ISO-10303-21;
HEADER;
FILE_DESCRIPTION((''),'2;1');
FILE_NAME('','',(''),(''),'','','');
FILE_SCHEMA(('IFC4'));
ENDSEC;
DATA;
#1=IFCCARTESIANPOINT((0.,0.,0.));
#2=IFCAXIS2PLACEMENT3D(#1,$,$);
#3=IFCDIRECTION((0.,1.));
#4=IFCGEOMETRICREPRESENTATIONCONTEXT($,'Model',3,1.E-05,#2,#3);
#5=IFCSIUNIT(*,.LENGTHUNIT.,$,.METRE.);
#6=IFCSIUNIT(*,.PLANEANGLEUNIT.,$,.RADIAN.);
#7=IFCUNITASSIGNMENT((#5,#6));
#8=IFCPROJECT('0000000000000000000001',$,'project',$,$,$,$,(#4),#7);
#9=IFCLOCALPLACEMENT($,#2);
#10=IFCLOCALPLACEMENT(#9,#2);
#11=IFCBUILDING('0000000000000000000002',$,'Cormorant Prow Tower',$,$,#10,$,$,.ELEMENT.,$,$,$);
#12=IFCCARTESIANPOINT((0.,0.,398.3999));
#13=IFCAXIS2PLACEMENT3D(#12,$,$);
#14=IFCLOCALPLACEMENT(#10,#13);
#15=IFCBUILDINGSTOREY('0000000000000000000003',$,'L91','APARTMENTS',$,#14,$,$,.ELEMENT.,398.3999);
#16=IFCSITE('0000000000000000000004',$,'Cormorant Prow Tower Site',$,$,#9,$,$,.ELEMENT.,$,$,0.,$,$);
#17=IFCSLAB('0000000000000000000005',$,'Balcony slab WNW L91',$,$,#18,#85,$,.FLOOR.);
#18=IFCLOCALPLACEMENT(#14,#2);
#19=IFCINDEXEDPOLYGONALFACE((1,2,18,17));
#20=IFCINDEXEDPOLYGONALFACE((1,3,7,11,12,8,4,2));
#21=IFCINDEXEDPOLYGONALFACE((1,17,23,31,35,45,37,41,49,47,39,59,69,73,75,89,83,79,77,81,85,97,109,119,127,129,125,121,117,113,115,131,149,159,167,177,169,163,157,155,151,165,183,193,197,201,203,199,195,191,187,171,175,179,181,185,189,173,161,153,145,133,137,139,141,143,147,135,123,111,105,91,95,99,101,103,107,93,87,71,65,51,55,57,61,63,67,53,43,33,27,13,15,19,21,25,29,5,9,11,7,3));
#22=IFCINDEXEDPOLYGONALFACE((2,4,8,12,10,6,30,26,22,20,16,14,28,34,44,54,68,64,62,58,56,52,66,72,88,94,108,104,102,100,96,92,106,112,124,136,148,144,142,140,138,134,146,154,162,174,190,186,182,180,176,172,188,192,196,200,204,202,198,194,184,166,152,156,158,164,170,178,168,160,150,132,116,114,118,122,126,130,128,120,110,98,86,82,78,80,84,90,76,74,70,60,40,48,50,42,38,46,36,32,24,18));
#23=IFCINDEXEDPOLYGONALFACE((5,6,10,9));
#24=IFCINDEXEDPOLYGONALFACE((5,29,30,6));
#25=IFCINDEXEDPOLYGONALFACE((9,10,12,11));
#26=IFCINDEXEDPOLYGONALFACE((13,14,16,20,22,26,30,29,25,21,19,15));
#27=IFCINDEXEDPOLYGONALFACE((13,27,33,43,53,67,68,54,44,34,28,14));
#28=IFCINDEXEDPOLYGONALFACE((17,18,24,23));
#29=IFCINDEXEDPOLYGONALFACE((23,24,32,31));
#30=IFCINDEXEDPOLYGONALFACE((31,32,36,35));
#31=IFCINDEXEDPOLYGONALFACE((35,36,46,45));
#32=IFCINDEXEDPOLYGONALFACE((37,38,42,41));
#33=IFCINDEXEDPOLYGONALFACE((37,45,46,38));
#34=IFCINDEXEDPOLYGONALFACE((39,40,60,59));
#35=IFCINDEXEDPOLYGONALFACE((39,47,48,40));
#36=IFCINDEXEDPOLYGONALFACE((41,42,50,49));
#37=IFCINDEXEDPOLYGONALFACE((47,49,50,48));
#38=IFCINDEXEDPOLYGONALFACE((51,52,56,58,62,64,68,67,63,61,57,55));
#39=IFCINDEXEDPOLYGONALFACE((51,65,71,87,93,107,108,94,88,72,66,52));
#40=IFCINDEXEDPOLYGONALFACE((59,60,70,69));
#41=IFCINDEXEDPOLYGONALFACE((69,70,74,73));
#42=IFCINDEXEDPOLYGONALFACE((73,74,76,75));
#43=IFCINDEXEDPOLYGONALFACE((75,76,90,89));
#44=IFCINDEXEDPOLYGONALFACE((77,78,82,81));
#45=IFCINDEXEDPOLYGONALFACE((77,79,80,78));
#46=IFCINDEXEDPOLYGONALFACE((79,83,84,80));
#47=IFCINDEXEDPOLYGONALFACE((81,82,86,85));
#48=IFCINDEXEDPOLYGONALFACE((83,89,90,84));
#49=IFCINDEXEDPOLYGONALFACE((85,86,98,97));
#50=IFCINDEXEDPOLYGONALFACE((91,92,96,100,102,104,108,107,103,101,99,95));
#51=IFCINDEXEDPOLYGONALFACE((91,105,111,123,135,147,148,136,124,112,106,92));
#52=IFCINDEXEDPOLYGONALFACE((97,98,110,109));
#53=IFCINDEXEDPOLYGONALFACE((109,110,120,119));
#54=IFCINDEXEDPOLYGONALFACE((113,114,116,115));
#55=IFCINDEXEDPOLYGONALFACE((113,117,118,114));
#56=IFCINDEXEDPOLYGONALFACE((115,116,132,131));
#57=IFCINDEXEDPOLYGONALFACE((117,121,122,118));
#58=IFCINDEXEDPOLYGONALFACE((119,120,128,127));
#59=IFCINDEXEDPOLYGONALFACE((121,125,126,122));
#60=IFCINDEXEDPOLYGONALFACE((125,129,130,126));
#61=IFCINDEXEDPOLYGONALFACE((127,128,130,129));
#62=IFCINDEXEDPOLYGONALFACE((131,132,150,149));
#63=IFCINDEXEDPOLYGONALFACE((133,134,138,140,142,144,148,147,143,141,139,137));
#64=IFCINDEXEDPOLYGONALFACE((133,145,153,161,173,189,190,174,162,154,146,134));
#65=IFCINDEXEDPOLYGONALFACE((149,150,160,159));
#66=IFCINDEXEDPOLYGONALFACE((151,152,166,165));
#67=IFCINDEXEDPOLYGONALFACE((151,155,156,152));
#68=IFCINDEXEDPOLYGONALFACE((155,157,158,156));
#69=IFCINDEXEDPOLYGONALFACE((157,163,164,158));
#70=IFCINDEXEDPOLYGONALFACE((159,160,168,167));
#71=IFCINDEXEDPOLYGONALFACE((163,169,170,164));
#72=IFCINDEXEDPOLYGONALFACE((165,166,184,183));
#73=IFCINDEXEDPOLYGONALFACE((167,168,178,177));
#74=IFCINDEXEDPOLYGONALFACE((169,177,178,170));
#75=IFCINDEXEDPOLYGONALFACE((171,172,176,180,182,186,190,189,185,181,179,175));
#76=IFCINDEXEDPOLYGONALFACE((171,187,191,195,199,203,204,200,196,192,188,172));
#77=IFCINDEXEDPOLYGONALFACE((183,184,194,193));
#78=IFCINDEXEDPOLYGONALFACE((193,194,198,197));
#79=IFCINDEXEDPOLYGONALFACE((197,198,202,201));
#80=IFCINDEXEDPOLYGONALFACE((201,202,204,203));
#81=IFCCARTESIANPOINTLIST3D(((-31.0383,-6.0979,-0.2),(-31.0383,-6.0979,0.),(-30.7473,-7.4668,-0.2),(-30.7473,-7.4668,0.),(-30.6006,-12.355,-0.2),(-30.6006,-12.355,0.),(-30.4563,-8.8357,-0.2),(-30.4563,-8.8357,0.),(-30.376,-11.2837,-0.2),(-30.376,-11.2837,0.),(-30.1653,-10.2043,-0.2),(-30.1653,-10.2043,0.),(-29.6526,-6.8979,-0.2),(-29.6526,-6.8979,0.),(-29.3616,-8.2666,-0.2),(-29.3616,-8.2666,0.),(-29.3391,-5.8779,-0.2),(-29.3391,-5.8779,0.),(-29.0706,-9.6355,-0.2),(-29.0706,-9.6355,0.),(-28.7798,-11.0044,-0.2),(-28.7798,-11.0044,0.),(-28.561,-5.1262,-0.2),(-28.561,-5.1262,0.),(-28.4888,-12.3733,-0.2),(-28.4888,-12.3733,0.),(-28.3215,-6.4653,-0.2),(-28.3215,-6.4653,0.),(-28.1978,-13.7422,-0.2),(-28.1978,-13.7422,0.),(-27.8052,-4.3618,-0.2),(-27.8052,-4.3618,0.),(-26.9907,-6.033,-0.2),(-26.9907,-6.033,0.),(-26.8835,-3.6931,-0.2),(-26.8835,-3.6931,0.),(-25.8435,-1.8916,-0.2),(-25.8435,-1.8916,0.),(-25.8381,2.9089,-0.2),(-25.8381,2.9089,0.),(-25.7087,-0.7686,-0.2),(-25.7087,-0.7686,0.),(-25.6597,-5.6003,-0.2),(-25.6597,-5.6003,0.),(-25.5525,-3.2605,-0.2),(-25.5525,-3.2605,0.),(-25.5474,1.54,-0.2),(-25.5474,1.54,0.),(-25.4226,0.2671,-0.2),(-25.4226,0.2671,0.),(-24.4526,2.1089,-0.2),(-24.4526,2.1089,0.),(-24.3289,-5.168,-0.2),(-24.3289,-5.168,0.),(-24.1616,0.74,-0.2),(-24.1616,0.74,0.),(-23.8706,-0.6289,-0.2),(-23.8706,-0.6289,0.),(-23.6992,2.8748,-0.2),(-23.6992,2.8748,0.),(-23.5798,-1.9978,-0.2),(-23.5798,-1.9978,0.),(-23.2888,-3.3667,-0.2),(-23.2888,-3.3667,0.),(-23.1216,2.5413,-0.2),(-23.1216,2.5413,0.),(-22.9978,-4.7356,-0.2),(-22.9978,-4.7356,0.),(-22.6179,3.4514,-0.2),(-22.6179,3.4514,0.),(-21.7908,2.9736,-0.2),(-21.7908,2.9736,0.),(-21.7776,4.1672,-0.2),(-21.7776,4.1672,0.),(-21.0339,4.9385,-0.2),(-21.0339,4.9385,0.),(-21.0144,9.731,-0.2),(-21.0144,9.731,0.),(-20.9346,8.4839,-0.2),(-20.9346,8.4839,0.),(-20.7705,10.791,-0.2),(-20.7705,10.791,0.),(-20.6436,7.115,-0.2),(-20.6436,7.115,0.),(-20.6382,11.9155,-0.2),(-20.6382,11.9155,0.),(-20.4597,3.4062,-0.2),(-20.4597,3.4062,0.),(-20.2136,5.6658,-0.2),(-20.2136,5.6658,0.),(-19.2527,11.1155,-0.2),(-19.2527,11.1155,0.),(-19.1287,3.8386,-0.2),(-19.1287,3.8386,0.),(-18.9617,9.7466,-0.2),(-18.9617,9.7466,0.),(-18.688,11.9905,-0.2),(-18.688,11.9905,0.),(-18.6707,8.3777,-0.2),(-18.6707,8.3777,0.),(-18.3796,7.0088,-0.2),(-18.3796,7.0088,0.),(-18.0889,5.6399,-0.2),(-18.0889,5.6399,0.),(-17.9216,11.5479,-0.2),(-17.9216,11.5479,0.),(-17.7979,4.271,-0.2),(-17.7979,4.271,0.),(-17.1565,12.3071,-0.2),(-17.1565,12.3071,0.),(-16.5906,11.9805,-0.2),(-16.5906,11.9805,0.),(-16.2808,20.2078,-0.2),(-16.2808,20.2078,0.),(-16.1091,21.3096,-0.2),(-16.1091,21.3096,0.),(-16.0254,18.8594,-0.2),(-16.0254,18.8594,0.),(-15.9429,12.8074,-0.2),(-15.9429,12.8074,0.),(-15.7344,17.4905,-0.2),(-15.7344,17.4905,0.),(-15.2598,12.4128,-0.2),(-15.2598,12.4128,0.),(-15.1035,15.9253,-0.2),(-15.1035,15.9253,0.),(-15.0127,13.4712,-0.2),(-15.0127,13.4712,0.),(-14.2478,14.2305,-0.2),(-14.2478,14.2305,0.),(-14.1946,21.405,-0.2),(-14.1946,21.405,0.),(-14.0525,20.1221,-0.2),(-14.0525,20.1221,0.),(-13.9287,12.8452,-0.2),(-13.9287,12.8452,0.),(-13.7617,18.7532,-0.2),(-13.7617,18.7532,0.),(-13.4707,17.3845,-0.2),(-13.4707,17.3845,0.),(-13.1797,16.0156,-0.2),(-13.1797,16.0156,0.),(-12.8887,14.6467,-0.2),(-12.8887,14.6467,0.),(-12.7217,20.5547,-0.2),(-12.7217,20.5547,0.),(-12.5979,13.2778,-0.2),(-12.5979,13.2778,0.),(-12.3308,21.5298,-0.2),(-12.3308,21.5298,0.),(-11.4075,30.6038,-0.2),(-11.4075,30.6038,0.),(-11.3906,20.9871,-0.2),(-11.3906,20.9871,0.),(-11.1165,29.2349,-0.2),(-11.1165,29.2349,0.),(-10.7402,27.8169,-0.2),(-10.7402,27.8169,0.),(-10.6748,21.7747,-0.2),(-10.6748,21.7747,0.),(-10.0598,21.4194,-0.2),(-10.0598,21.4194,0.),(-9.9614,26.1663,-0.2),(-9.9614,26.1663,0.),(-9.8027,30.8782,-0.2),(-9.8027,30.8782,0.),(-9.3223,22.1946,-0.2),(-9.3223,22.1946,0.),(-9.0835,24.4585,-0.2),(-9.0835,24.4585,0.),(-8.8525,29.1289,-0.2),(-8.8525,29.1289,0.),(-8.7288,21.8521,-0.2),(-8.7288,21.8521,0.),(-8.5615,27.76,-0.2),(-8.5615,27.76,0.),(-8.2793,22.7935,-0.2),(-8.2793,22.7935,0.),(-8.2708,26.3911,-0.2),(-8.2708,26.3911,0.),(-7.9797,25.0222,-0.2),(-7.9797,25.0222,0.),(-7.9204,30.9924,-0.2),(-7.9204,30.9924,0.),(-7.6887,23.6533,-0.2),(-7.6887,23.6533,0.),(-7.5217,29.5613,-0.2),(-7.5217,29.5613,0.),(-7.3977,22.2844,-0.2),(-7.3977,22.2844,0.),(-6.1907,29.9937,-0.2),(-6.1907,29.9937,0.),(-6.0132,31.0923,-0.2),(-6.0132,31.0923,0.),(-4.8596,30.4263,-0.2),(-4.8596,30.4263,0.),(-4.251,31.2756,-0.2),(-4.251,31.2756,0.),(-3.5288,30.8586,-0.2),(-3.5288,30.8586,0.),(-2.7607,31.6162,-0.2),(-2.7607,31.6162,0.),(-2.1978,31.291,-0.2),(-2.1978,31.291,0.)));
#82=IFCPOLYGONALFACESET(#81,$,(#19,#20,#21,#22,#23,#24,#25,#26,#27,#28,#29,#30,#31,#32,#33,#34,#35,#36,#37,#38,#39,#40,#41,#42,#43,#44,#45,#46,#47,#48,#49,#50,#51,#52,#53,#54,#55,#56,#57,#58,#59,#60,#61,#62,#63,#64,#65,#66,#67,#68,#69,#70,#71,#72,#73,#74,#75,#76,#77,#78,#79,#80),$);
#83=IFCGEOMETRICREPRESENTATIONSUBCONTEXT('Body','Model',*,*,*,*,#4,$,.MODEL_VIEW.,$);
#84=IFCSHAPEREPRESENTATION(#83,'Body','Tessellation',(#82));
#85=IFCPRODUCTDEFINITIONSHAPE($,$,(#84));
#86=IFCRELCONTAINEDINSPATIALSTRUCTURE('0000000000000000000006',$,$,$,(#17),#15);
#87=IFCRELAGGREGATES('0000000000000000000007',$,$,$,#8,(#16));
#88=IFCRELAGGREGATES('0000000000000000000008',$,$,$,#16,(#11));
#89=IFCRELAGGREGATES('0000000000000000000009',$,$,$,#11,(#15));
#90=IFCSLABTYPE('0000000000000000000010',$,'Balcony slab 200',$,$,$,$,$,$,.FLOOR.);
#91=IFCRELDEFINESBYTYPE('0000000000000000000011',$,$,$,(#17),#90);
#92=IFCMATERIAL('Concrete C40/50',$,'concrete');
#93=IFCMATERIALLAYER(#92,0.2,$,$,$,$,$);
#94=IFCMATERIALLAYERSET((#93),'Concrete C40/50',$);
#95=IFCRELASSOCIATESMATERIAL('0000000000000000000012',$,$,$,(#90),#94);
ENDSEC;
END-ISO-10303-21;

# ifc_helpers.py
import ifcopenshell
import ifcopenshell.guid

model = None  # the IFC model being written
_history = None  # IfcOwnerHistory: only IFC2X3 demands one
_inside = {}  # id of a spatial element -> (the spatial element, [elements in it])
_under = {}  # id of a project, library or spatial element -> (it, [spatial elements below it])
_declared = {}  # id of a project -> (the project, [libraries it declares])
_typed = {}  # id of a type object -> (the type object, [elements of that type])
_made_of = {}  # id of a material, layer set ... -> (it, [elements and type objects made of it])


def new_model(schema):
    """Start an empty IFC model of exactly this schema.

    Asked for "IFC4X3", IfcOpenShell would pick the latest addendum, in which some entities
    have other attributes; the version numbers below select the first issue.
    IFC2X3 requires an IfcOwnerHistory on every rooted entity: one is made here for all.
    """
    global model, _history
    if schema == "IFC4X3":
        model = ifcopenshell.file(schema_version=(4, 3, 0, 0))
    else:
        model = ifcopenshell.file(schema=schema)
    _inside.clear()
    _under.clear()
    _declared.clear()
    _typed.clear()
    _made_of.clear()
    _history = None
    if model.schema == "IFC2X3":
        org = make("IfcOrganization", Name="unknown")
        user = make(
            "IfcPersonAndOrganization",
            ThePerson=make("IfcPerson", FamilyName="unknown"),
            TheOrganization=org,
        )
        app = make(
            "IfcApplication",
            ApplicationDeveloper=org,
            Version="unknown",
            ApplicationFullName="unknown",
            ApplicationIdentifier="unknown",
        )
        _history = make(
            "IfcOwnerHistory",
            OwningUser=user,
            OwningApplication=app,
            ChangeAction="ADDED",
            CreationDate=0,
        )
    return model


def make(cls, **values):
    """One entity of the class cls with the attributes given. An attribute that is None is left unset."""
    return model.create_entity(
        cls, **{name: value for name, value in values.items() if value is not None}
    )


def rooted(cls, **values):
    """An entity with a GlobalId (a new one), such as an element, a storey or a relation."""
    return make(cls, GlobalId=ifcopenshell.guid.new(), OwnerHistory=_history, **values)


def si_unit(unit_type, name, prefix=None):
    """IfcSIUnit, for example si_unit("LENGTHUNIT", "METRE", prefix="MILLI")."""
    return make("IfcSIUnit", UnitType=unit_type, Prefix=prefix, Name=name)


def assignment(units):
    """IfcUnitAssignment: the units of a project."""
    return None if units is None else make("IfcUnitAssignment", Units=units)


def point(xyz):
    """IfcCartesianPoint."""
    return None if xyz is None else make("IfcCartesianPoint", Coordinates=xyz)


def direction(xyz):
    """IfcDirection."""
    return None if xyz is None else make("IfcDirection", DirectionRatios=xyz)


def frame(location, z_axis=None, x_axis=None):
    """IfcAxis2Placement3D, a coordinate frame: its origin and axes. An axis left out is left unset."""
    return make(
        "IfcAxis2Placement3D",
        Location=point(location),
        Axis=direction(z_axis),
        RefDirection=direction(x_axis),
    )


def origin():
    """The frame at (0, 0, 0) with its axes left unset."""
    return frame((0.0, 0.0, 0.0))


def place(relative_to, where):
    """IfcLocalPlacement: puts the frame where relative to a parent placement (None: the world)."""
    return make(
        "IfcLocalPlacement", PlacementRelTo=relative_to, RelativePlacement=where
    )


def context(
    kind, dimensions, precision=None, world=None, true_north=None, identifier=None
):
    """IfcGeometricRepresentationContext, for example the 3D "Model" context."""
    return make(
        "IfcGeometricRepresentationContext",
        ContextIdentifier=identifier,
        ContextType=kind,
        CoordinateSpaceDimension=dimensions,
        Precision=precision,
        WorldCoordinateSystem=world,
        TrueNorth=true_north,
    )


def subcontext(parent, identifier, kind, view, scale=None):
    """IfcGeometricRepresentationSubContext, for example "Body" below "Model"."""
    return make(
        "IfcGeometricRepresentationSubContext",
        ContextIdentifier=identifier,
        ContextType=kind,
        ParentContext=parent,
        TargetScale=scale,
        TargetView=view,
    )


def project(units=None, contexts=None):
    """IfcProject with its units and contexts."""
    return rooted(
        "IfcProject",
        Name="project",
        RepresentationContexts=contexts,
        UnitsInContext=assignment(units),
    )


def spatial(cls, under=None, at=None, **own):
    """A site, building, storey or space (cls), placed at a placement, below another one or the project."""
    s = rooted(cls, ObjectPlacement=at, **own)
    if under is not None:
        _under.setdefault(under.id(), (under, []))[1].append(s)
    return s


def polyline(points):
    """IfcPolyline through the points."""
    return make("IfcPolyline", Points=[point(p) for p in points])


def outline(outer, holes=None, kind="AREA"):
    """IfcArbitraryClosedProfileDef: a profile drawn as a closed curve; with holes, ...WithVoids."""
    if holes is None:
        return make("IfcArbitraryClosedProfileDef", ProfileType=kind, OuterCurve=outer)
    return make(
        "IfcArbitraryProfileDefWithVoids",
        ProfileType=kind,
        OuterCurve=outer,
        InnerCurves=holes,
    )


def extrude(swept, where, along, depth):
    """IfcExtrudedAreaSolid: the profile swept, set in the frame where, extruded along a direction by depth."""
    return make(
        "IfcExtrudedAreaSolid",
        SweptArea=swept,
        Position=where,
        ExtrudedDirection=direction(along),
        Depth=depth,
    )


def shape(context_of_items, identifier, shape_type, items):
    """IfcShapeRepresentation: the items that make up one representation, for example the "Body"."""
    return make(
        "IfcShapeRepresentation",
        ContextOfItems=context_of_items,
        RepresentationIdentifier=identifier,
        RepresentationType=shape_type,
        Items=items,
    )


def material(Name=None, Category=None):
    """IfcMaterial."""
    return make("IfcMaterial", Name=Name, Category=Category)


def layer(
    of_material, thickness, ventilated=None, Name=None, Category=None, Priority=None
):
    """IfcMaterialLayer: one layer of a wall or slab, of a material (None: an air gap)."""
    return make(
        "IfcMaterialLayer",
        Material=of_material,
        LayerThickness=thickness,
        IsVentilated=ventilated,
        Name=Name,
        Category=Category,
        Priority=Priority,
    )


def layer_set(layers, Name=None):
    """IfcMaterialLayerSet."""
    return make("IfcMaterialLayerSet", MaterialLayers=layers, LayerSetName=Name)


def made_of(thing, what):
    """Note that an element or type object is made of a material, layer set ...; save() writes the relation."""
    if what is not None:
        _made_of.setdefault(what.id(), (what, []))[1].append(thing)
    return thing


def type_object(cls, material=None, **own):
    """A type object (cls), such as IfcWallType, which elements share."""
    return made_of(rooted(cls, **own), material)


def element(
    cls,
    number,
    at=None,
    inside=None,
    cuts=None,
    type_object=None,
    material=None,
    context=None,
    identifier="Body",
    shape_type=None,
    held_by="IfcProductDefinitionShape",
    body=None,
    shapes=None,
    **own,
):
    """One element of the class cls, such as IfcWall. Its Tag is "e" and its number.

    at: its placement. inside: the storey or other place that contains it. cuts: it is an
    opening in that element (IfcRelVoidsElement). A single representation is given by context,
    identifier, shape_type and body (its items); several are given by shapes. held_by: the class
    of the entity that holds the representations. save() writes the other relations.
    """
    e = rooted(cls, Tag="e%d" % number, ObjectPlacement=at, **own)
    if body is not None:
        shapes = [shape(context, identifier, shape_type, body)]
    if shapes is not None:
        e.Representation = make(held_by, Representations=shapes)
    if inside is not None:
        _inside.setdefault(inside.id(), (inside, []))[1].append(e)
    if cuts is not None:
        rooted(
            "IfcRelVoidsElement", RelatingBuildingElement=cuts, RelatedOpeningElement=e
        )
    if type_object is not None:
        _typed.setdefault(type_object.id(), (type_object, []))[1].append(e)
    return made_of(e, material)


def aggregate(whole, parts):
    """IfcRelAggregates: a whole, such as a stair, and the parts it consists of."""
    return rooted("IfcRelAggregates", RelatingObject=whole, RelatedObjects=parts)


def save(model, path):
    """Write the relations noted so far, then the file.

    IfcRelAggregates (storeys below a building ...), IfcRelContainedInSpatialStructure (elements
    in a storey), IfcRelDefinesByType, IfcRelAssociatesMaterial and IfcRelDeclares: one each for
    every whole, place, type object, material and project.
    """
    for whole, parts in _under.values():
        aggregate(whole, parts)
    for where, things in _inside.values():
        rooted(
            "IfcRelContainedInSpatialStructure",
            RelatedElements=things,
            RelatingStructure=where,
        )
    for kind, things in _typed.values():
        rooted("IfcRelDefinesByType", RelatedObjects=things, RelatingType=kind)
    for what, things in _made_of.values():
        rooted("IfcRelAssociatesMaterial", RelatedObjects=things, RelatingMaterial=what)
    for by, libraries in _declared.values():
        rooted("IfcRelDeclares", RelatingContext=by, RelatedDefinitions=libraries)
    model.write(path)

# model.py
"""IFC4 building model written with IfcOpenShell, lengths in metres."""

from ifc_helpers import new_model, si_unit, direction, frame, origin, place, context, subcontext, project, spatial, polyline, outline, extrude, material, layer, layer_set, type_object, element, save


model = new_model("IFC4")

# Units and contexts
model_context = context("Model", 3, precision=1e-05, world=origin(), true_north=direction((0.0, 1.0)))
body_context = subcontext(model_context, "Body", "Model", "MODEL_VIEW")
ifc_project = project(units=[si_unit("LENGTHUNIT", "METRE"), si_unit("PLANEANGLEUNIT", "RADIAN")], contexts=[model_context])

# Site, building, storey
site_placement = place(None, origin())
site = spatial("IfcSite", under=ifc_project, at=site_placement, Name="Cormorant Prow Tower Site", CompositionType="ELEMENT", RefElevation=0.0)
building_placement = place(site_placement, origin())
building = spatial("IfcBuilding", under=site, at=building_placement, Name="Cormorant Prow Tower", CompositionType="ELEMENT")
storey_placement = place(building_placement, frame((0.0, 0.0, 398.3999)))
storey = spatial("IfcBuildingStorey", under=building, at=storey_placement, Name="L91", Description="APARTMENTS", CompositionType="ELEMENT", Elevation=398.3999)

# Slab
ifc_material_1 = material(Name="Concrete C40/50", Category="concrete")
ifc_layer_1 = layer(ifc_material_1, 0.2)
ifc_layer_set_1 = layer_set([ifc_layer_1], Name="Concrete C40/50")
slab_type_1 = type_object("IfcSlabType", Name="Balcony slab 200", PredefinedType="FLOOR", material=ifc_layer_set_1)
slab_1_placement = place(storey_placement, frame((0.0, 0.0, -0.2)))
element("IfcSlab", 1, at=slab_1_placement, inside=storey, type_object=slab_type_1, Name="Balcony slab WNW L91", PredefinedType="FLOOR", context=body_context, shape_type="SweptSolid", body=[
    extrude(outline(polyline([(-2.1978, 31.291), (-2.7607, 31.6162), (-4.251, 31.2756), (-6.0132, 31.0923), (-7.9204, 30.9924), (-9.8027, 30.8782), (-11.4075, 30.6038), (-11.1165, 29.2349), (-10.7402, 27.8169), (-9.9614, 26.1663), (-9.0835, 24.4585), (-8.2793, 22.7935), (-9.3223, 22.1946), (-10.6748, 21.7747), (-12.3308, 21.5298), (-14.1946, 21.405), (-16.1091, 21.3096), (-16.2808, 20.2078), (-16.0254, 18.8594), (-15.7344, 17.4905), (-15.1035, 15.9253), (-14.2478, 14.2305), (-15.0127, 13.4712), (-15.9429, 12.8074), (-17.1565, 12.3071), (-18.688, 11.9905), (-20.6382, 11.9155), (-20.7705, 10.791), (-21.0144, 9.731), (-20.9346, 8.4839), (-20.6436, 7.115), (-20.2136, 5.6658), (-21.0339, 4.9385), (-21.7776, 4.1672), (-22.6179, 3.4514), (-23.6992, 2.8748), (-25.8381, 2.9089), (-25.5474, 1.54), (-25.4226, 0.2671), (-25.7087, -0.7686), (-25.8435, -1.8916), (-25.5525, -3.2605), (-26.8835, -3.6931), (-27.8052, -4.3618), (-28.561, -5.1262), (-29.3391, -5.8779), (-31.0383, -6.0979), (-30.7473, -7.4668), (-30.4563, -8.8357), (-30.1653, -10.2043), (-30.376, -11.2837), (-30.6006, -12.355), (-28.1978, -13.7422), (-28.4888, -12.3733), (-28.7798, -11.0044), (-29.0706, -9.6355), (-29.3616, -8.2666), (-29.6526, -6.8979), (-28.3215, -6.4653), (-26.9907, -6.033), (-25.6597, -5.6003), (-24.3289, -5.168), (-22.9978, -4.7356), (-23.2888, -3.3667), (-23.5798, -1.9978), (-23.8706, -0.6289), (-24.1616, 0.74), (-24.4526, 2.1089), (-23.1216, 2.5413), (-21.7908, 2.9736), (-20.4597, 3.4062), (-19.1287, 3.8386), (-17.7979, 4.271), (-18.0889, 5.6399), (-18.3796, 7.0088), (-18.6707, 8.3777), (-18.9617, 9.7466), (-19.2527, 11.1155), (-17.9216, 11.5479), (-16.5906, 11.9805), (-15.2598, 12.4128), (-13.9287, 12.8452), (-12.5979, 13.2778), (-12.8887, 14.6467), (-13.1797, 16.0156), (-13.4707, 17.3845), (-13.7617, 18.7532), (-14.0525, 20.1221), (-12.7217, 20.5547), (-11.3906, 20.9871), (-10.0598, 21.4194), (-8.7288, 21.8521), (-7.3977, 22.2844), (-7.6887, 23.6533), (-7.9797, 25.0222), (-8.2708, 26.3911), (-8.5615, 27.76), (-8.8525, 29.1289), (-7.5217, 29.5613), (-6.1907, 29.9937), (-4.8596, 30.4263), (-3.5288, 30.8586), (-2.1978, 31.291)])), origin(), (0.0, 0.0, 1.0), 0.2),
])

save(model, "model.ifc")
